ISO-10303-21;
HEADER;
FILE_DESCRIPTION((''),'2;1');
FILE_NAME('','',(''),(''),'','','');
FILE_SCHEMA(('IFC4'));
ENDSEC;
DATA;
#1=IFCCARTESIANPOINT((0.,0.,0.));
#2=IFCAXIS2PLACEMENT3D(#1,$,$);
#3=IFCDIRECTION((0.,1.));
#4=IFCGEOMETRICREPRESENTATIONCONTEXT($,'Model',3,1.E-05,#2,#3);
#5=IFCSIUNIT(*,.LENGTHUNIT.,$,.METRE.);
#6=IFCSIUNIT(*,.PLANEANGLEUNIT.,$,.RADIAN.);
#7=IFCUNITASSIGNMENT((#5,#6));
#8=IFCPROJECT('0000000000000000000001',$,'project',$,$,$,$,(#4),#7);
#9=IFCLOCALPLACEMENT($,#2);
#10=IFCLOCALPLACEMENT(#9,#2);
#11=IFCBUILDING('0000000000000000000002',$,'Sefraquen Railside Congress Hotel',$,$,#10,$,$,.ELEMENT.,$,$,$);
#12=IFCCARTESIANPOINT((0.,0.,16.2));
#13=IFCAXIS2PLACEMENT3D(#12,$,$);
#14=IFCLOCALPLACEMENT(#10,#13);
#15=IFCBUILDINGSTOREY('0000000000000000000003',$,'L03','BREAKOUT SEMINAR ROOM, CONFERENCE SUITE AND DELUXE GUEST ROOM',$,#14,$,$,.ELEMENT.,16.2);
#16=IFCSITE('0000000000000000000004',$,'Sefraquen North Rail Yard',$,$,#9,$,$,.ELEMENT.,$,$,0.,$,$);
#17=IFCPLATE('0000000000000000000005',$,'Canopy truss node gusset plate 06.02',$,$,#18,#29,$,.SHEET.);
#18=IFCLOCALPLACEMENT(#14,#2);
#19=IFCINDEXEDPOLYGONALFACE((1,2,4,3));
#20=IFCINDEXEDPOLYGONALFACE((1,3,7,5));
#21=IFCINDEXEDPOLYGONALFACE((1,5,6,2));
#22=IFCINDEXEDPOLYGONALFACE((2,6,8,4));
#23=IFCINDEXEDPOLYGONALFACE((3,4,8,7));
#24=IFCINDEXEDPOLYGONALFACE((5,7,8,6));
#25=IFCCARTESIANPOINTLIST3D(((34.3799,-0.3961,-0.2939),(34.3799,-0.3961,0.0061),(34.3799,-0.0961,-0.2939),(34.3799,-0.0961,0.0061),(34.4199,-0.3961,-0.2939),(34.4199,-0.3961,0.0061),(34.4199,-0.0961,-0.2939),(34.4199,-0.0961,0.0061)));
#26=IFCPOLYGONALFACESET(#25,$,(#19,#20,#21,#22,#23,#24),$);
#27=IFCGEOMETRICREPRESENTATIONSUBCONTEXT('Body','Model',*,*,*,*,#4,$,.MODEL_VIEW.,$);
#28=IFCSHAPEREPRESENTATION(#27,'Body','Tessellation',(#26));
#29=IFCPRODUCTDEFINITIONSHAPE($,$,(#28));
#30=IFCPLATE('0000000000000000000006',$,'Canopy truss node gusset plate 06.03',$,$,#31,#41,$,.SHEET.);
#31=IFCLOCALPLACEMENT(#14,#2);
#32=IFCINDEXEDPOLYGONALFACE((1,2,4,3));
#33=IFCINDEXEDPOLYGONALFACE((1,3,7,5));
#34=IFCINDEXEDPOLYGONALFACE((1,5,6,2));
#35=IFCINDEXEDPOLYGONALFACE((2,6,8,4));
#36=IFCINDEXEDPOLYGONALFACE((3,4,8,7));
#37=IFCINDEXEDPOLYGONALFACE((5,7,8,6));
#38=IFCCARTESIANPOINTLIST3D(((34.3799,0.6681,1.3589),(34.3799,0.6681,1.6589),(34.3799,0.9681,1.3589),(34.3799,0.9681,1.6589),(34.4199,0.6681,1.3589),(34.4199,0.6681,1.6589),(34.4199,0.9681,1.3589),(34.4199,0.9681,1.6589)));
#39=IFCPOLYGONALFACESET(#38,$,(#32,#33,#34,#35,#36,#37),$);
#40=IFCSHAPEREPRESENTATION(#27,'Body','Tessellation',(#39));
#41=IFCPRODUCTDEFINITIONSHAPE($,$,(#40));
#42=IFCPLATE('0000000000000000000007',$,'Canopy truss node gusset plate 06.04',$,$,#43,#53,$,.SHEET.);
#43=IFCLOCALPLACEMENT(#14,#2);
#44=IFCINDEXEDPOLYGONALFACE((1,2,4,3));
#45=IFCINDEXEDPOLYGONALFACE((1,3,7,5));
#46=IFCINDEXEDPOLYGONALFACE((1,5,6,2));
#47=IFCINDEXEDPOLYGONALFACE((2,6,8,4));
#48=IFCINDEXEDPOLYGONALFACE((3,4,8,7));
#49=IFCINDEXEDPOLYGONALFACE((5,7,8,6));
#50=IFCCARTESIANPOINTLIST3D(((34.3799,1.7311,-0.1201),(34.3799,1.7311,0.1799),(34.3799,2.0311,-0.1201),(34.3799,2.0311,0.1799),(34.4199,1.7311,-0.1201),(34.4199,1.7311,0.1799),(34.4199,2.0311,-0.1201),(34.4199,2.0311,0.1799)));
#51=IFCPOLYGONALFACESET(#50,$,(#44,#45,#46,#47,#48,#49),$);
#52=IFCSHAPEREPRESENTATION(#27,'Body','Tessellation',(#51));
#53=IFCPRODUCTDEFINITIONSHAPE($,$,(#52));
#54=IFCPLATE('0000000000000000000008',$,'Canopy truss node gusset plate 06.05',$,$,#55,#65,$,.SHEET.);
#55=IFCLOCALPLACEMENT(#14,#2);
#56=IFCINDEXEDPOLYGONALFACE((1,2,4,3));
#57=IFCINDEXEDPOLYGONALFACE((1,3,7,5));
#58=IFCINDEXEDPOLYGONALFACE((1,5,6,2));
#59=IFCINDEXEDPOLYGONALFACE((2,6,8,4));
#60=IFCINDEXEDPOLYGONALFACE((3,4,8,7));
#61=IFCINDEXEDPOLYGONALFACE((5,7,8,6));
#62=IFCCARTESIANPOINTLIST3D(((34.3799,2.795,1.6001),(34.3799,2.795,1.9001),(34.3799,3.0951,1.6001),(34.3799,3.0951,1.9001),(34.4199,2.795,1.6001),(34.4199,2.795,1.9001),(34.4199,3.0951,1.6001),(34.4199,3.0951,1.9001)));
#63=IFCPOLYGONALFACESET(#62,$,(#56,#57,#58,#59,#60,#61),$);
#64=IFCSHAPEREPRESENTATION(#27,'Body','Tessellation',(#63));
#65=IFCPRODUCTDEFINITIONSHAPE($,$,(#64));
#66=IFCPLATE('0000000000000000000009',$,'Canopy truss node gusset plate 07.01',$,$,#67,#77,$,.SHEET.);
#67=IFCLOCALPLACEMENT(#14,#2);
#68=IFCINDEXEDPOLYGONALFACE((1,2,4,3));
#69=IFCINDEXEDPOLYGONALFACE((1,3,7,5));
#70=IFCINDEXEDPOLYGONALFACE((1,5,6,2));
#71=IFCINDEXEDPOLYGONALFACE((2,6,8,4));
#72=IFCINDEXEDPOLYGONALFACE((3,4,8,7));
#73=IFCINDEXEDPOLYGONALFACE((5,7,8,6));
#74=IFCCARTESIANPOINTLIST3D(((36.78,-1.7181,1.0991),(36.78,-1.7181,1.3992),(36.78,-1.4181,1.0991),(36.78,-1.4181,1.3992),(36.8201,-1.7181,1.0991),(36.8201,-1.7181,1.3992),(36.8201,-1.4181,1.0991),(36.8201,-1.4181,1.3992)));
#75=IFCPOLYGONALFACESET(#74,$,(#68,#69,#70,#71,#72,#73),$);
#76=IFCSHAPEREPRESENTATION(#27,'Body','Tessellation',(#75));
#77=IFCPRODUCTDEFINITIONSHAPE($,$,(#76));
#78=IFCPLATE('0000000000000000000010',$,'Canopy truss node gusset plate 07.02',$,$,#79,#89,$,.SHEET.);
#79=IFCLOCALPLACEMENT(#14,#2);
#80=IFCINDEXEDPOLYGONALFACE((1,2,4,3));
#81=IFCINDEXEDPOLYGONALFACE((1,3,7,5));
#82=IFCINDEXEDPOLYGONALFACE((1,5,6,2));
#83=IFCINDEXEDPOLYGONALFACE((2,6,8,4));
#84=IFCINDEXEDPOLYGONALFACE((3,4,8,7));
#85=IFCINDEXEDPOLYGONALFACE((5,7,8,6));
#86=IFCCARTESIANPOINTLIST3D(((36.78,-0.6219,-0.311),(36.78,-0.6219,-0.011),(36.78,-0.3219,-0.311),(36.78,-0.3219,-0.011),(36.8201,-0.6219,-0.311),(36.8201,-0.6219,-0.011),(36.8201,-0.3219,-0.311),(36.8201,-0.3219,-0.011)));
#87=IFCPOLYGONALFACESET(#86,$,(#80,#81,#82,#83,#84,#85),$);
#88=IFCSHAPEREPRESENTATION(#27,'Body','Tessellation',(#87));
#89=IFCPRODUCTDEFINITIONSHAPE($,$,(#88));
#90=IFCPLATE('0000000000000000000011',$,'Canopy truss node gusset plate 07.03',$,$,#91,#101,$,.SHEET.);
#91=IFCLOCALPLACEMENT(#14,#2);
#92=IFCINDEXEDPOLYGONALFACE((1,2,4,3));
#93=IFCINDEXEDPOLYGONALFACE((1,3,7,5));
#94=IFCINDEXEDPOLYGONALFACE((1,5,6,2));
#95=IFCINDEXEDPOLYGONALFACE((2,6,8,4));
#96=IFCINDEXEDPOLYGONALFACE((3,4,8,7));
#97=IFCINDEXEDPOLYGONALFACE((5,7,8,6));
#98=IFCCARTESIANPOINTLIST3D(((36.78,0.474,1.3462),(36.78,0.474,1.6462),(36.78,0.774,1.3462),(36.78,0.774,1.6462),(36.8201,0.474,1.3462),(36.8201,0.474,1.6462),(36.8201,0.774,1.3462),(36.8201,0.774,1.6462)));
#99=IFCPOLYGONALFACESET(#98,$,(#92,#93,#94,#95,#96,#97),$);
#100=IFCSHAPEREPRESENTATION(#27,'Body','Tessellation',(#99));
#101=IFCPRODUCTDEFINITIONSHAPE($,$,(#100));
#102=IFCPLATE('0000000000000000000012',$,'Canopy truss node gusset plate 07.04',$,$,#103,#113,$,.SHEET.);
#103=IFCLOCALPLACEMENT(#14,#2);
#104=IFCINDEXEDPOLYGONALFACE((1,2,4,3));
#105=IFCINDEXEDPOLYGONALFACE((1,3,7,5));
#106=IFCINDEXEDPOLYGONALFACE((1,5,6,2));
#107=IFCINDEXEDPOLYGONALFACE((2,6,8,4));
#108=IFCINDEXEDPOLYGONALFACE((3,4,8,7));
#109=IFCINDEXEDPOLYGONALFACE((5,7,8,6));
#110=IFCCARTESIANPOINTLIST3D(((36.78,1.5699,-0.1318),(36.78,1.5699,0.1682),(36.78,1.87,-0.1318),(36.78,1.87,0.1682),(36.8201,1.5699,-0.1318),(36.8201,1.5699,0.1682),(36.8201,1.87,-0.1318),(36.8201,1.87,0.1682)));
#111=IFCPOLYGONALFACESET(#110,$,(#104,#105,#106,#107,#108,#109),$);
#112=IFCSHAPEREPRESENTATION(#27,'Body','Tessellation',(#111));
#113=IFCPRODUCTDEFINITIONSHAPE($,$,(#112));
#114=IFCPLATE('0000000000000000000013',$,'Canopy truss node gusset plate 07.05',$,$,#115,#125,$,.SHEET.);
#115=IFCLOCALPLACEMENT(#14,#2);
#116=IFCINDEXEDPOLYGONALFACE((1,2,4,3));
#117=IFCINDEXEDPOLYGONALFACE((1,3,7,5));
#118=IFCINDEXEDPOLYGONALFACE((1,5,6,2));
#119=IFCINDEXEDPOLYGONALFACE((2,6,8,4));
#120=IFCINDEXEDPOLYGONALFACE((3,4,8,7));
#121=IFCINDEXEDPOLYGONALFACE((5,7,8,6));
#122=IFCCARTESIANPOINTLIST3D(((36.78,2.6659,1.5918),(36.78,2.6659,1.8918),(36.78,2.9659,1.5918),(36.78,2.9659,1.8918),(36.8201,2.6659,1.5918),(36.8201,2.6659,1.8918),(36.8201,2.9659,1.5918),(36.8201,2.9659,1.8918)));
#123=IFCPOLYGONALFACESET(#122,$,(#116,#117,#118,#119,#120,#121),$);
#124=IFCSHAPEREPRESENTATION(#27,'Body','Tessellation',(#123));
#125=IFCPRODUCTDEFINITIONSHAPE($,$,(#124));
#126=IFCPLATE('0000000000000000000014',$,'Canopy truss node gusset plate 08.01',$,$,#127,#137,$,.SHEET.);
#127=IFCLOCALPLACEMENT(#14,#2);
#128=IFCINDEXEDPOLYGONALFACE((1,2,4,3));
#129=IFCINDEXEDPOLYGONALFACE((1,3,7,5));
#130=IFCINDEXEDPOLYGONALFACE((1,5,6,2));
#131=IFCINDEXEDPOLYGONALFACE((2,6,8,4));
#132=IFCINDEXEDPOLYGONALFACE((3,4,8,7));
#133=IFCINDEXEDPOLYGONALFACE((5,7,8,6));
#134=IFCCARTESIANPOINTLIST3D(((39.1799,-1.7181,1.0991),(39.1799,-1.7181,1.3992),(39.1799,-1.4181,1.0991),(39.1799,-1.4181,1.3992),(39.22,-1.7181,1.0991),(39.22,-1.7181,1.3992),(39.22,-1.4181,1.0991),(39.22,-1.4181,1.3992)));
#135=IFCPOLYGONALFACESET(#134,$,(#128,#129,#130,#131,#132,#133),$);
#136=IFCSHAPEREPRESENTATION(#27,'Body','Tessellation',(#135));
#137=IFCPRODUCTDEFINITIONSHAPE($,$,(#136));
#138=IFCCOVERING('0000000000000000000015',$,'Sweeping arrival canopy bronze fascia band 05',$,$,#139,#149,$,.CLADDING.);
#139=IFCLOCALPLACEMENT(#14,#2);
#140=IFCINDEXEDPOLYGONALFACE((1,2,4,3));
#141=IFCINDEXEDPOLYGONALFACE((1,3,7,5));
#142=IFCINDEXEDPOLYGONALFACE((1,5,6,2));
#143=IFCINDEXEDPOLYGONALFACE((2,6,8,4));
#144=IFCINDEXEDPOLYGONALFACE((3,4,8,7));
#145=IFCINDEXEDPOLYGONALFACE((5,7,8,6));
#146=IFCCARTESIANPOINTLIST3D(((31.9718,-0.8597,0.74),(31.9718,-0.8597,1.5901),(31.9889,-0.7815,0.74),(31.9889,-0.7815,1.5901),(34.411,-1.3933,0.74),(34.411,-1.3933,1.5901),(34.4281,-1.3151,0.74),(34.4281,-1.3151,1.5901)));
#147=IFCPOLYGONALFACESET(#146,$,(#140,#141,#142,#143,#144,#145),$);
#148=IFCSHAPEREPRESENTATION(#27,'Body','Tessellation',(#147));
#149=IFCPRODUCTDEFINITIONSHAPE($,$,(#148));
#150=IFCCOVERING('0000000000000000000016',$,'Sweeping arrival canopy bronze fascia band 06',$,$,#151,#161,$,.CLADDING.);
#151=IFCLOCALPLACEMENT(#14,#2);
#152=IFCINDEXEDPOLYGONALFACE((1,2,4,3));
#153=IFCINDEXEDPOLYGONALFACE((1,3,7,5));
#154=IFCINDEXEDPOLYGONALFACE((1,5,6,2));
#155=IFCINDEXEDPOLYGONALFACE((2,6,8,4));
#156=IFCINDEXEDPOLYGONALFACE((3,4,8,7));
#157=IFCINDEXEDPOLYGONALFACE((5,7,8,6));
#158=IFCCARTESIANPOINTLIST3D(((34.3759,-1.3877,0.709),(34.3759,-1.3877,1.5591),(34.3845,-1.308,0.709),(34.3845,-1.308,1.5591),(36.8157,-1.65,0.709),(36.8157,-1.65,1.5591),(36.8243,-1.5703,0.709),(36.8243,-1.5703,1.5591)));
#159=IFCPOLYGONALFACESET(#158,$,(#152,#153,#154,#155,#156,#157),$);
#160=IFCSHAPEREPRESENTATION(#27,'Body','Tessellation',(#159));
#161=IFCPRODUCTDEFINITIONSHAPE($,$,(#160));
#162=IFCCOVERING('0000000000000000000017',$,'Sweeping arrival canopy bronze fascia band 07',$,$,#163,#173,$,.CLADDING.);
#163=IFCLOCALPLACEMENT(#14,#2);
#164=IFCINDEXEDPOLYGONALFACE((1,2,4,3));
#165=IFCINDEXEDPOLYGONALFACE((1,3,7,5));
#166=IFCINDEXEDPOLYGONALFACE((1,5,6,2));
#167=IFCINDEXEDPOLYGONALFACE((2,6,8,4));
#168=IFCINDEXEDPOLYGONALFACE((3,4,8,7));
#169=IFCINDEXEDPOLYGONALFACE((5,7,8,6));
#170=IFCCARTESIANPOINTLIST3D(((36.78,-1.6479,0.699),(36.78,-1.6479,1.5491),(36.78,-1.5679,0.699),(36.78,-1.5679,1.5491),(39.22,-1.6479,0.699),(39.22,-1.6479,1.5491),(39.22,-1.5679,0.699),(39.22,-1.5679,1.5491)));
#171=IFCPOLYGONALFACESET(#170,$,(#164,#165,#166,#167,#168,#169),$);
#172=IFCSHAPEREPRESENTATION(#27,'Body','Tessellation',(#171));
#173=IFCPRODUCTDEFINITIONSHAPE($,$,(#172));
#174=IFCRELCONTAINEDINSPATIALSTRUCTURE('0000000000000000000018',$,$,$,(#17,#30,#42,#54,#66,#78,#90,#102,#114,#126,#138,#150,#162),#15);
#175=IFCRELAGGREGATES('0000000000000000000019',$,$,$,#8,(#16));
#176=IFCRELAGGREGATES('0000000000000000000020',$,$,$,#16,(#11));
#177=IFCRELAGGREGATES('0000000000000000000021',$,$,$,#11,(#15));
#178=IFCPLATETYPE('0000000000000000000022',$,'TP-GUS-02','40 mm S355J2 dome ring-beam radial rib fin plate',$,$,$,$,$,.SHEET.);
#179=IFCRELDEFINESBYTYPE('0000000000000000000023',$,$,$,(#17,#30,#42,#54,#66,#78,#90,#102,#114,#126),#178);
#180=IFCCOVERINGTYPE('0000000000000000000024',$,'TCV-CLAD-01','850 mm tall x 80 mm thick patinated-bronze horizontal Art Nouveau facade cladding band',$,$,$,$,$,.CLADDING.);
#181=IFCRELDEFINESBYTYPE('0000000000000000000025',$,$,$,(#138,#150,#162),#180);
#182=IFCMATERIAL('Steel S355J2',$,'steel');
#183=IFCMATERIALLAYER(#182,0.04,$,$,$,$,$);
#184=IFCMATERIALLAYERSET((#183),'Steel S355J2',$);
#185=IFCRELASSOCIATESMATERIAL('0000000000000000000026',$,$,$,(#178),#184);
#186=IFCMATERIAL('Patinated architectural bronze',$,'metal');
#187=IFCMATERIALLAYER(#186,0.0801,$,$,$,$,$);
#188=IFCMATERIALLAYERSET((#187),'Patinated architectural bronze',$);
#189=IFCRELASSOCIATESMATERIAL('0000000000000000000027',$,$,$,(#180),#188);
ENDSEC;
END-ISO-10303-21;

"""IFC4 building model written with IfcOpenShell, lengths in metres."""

from ifc_helpers import new_model, si_unit, direction, frame, origin, origin_2d, place, context, subcontext, project, spatial, rectangle, extrude, material, layer, layer_set, type_object, element, save


model = new_model("IFC4")

# Units and contexts
model_context = context("Model", 3, precision=1e-05, world=origin(), true_north=direction((0.0, 1.0)))
body_context = subcontext(model_context, "Body", "Model", "MODEL_VIEW")
ifc_project = project(units=[si_unit("LENGTHUNIT", "METRE"), si_unit("PLANEANGLEUNIT", "RADIAN")], contexts=[model_context])

# Site, building, storey
site_placement = place(None, origin())
site = spatial("IfcSite", under=ifc_project, at=site_placement, Name="Sefraquen North Rail Yard", CompositionType="ELEMENT", RefElevation=0.0)
building_placement = place(site_placement, origin())
building = spatial("IfcBuilding", under=site, at=building_placement, Name="Sefraquen Railside Congress Hotel", CompositionType="ELEMENT")
storey_placement = place(building_placement, frame((0.0, 0.0, 16.2)))
storey = spatial("IfcBuildingStorey", under=building, at=storey_placement, Name="L03", Description="BREAKOUT SEMINAR ROOM, CONFERENCE SUITE AND DELUXE GUEST ROOM", CompositionType="ELEMENT", Elevation=16.2)

# Shared definitions
ifc_material_1 = material(Name="Steel S355J2", Category="steel")

# Plates
ifc_layer_1 = layer(ifc_material_1, 0.04)
ifc_layer_set_1 = layer_set([ifc_layer_1], Name="Steel S355J2")
plate_type_1 = type_object("IfcPlateType", Name="TP-GUS-02", Description="40 mm S355J2 dome ring-beam radial rib fin plate", PredefinedType="SHEET", material=ifc_layer_set_1)
for number, where, z_axis, x_axis, name in (
    (1, (34.3999, -0.2461, -0.2939), (0.0, 0.0, 1.0), (1.0, 0.0, 0.0), "Canopy truss node gusset plate 06.02"),
    (2, (34.3999, 0.8181, 1.3589), (0.0, 0.0, 1.0), (1.0, 0.0, 0.0), "Canopy truss node gusset plate 06.03"),
    (3, (34.3999, 1.8811, -0.1201), (0.0, 0.0, 1.0), (1.0, 0.0, 0.0), "Canopy truss node gusset plate 06.04"),
    (4, (34.3999, 2.9451, 1.6001), (0.0, 0.0, 1.0), (1.0, 0.0, 0.0), "Canopy truss node gusset plate 06.05"),
    (5, (36.8, -1.5681, 1.0991), (0.0, 0.0, 1.0), (1.0, 0.0, 0.0), "Canopy truss node gusset plate 07.01"),
    (6, (36.8, -0.4719, -0.311), (0.0, 0.0, 1.0), (1.0, 0.0, 0.0), "Canopy truss node gusset plate 07.02"),
    (7, (36.8, 0.624, 1.3462), (0.0, 0.0, 1.0), (1.0, 0.0, 0.0), "Canopy truss node gusset plate 07.03"),
    (8, (36.8, 1.72, -0.1318), (0.0, 0.0, 1.0), (1.0, 0.0, 0.0), "Canopy truss node gusset plate 07.04"),
    (9, (36.8, 2.8159, 1.5918), (0.0, 0.0, 1.0), (1.0, 0.0, 0.0), "Canopy truss node gusset plate 07.05"),
    (10, (39.2, -1.5681, 1.0991), (0.0, 0.0, 1.0), (1.0, 0.0, 0.0), "Canopy truss node gusset plate 08.01"),
):
    element("IfcPlate", number, at=place(storey_placement, frame(where, z_axis=z_axis, x_axis=x_axis)), inside=storey, type_object=plate_type_1, Name=name, PredefinedType="SHEET", context=body_context, shape_type="SweptSolid", body=[
        extrude(rectangle(XDim=0.04, YDim=0.3, at=origin_2d()), origin(), (0.0, 0.0, 1.0), 0.3),
    ])

# Coverings
ifc_material_2 = material(Name="Patinated architectural bronze", Category="metal")
ifc_layer_2 = layer(ifc_material_2, 0.0801)
ifc_layer_set_2 = layer_set([ifc_layer_2], Name="Patinated architectural bronze")
covering_type = type_object("IfcCoveringType", Name="TCV-CLAD-01", Description="850 mm tall x 80 mm thick patinated-bronze horizontal Art Nouveau facade cladding band", PredefinedType="CLADDING", material=ifc_layer_set_2)
covering_1_placement = place(storey_placement, frame((33.2, -1.0874, 0.74), z_axis=(0.0, 0.0, 1.0), x_axis=(0.9769, -0.213695, 0.0)))
element("IfcCovering", 11, at=covering_1_placement, inside=storey, type_object=covering_type, Name="Sweeping arrival canopy bronze fascia band 05", PredefinedType="CLADDING", context=body_context, shape_type="SweptSolid", body=[
    extrude(rectangle(XDim=2.4968, YDim=0.0801, at=origin_2d()), origin(), (0.0, 0.0, 1.0), 0.8501),
])
covering_2_placement = place(storey_placement, frame((35.6001, -1.479, 0.709), z_axis=(0.0, 0.0, 1.0), x_axis=(0.994271, -0.106889, 0.0)))
element("IfcCovering", 12, at=covering_2_placement, inside=storey, type_object=covering_type, Name="Sweeping arrival canopy bronze fascia band 06", PredefinedType="CLADDING", context=body_context, shape_type="SweptSolid", body=[
    extrude(rectangle(XDim=2.4539, YDim=0.0801, at=origin_2d()), origin(), (0.0, 0.0, 1.0), 0.8501),
])
covering_3_placement = place(storey_placement, frame((38.0, -1.6079, 0.699), z_axis=(0.0, 0.0, 1.0), x_axis=(1.0, 0.0, 0.0)))
element("IfcCovering", 13, at=covering_3_placement, inside=storey, type_object=covering_type, Name="Sweeping arrival canopy bronze fascia band 07", PredefinedType="CLADDING", context=body_context, shape_type="SweptSolid", body=[
    extrude(rectangle(XDim=2.4399, YDim=0.0801, at=origin_2d()), origin(), (0.0, 0.0, 1.0), 0.8501),
])

save(model, "model.ifc")
